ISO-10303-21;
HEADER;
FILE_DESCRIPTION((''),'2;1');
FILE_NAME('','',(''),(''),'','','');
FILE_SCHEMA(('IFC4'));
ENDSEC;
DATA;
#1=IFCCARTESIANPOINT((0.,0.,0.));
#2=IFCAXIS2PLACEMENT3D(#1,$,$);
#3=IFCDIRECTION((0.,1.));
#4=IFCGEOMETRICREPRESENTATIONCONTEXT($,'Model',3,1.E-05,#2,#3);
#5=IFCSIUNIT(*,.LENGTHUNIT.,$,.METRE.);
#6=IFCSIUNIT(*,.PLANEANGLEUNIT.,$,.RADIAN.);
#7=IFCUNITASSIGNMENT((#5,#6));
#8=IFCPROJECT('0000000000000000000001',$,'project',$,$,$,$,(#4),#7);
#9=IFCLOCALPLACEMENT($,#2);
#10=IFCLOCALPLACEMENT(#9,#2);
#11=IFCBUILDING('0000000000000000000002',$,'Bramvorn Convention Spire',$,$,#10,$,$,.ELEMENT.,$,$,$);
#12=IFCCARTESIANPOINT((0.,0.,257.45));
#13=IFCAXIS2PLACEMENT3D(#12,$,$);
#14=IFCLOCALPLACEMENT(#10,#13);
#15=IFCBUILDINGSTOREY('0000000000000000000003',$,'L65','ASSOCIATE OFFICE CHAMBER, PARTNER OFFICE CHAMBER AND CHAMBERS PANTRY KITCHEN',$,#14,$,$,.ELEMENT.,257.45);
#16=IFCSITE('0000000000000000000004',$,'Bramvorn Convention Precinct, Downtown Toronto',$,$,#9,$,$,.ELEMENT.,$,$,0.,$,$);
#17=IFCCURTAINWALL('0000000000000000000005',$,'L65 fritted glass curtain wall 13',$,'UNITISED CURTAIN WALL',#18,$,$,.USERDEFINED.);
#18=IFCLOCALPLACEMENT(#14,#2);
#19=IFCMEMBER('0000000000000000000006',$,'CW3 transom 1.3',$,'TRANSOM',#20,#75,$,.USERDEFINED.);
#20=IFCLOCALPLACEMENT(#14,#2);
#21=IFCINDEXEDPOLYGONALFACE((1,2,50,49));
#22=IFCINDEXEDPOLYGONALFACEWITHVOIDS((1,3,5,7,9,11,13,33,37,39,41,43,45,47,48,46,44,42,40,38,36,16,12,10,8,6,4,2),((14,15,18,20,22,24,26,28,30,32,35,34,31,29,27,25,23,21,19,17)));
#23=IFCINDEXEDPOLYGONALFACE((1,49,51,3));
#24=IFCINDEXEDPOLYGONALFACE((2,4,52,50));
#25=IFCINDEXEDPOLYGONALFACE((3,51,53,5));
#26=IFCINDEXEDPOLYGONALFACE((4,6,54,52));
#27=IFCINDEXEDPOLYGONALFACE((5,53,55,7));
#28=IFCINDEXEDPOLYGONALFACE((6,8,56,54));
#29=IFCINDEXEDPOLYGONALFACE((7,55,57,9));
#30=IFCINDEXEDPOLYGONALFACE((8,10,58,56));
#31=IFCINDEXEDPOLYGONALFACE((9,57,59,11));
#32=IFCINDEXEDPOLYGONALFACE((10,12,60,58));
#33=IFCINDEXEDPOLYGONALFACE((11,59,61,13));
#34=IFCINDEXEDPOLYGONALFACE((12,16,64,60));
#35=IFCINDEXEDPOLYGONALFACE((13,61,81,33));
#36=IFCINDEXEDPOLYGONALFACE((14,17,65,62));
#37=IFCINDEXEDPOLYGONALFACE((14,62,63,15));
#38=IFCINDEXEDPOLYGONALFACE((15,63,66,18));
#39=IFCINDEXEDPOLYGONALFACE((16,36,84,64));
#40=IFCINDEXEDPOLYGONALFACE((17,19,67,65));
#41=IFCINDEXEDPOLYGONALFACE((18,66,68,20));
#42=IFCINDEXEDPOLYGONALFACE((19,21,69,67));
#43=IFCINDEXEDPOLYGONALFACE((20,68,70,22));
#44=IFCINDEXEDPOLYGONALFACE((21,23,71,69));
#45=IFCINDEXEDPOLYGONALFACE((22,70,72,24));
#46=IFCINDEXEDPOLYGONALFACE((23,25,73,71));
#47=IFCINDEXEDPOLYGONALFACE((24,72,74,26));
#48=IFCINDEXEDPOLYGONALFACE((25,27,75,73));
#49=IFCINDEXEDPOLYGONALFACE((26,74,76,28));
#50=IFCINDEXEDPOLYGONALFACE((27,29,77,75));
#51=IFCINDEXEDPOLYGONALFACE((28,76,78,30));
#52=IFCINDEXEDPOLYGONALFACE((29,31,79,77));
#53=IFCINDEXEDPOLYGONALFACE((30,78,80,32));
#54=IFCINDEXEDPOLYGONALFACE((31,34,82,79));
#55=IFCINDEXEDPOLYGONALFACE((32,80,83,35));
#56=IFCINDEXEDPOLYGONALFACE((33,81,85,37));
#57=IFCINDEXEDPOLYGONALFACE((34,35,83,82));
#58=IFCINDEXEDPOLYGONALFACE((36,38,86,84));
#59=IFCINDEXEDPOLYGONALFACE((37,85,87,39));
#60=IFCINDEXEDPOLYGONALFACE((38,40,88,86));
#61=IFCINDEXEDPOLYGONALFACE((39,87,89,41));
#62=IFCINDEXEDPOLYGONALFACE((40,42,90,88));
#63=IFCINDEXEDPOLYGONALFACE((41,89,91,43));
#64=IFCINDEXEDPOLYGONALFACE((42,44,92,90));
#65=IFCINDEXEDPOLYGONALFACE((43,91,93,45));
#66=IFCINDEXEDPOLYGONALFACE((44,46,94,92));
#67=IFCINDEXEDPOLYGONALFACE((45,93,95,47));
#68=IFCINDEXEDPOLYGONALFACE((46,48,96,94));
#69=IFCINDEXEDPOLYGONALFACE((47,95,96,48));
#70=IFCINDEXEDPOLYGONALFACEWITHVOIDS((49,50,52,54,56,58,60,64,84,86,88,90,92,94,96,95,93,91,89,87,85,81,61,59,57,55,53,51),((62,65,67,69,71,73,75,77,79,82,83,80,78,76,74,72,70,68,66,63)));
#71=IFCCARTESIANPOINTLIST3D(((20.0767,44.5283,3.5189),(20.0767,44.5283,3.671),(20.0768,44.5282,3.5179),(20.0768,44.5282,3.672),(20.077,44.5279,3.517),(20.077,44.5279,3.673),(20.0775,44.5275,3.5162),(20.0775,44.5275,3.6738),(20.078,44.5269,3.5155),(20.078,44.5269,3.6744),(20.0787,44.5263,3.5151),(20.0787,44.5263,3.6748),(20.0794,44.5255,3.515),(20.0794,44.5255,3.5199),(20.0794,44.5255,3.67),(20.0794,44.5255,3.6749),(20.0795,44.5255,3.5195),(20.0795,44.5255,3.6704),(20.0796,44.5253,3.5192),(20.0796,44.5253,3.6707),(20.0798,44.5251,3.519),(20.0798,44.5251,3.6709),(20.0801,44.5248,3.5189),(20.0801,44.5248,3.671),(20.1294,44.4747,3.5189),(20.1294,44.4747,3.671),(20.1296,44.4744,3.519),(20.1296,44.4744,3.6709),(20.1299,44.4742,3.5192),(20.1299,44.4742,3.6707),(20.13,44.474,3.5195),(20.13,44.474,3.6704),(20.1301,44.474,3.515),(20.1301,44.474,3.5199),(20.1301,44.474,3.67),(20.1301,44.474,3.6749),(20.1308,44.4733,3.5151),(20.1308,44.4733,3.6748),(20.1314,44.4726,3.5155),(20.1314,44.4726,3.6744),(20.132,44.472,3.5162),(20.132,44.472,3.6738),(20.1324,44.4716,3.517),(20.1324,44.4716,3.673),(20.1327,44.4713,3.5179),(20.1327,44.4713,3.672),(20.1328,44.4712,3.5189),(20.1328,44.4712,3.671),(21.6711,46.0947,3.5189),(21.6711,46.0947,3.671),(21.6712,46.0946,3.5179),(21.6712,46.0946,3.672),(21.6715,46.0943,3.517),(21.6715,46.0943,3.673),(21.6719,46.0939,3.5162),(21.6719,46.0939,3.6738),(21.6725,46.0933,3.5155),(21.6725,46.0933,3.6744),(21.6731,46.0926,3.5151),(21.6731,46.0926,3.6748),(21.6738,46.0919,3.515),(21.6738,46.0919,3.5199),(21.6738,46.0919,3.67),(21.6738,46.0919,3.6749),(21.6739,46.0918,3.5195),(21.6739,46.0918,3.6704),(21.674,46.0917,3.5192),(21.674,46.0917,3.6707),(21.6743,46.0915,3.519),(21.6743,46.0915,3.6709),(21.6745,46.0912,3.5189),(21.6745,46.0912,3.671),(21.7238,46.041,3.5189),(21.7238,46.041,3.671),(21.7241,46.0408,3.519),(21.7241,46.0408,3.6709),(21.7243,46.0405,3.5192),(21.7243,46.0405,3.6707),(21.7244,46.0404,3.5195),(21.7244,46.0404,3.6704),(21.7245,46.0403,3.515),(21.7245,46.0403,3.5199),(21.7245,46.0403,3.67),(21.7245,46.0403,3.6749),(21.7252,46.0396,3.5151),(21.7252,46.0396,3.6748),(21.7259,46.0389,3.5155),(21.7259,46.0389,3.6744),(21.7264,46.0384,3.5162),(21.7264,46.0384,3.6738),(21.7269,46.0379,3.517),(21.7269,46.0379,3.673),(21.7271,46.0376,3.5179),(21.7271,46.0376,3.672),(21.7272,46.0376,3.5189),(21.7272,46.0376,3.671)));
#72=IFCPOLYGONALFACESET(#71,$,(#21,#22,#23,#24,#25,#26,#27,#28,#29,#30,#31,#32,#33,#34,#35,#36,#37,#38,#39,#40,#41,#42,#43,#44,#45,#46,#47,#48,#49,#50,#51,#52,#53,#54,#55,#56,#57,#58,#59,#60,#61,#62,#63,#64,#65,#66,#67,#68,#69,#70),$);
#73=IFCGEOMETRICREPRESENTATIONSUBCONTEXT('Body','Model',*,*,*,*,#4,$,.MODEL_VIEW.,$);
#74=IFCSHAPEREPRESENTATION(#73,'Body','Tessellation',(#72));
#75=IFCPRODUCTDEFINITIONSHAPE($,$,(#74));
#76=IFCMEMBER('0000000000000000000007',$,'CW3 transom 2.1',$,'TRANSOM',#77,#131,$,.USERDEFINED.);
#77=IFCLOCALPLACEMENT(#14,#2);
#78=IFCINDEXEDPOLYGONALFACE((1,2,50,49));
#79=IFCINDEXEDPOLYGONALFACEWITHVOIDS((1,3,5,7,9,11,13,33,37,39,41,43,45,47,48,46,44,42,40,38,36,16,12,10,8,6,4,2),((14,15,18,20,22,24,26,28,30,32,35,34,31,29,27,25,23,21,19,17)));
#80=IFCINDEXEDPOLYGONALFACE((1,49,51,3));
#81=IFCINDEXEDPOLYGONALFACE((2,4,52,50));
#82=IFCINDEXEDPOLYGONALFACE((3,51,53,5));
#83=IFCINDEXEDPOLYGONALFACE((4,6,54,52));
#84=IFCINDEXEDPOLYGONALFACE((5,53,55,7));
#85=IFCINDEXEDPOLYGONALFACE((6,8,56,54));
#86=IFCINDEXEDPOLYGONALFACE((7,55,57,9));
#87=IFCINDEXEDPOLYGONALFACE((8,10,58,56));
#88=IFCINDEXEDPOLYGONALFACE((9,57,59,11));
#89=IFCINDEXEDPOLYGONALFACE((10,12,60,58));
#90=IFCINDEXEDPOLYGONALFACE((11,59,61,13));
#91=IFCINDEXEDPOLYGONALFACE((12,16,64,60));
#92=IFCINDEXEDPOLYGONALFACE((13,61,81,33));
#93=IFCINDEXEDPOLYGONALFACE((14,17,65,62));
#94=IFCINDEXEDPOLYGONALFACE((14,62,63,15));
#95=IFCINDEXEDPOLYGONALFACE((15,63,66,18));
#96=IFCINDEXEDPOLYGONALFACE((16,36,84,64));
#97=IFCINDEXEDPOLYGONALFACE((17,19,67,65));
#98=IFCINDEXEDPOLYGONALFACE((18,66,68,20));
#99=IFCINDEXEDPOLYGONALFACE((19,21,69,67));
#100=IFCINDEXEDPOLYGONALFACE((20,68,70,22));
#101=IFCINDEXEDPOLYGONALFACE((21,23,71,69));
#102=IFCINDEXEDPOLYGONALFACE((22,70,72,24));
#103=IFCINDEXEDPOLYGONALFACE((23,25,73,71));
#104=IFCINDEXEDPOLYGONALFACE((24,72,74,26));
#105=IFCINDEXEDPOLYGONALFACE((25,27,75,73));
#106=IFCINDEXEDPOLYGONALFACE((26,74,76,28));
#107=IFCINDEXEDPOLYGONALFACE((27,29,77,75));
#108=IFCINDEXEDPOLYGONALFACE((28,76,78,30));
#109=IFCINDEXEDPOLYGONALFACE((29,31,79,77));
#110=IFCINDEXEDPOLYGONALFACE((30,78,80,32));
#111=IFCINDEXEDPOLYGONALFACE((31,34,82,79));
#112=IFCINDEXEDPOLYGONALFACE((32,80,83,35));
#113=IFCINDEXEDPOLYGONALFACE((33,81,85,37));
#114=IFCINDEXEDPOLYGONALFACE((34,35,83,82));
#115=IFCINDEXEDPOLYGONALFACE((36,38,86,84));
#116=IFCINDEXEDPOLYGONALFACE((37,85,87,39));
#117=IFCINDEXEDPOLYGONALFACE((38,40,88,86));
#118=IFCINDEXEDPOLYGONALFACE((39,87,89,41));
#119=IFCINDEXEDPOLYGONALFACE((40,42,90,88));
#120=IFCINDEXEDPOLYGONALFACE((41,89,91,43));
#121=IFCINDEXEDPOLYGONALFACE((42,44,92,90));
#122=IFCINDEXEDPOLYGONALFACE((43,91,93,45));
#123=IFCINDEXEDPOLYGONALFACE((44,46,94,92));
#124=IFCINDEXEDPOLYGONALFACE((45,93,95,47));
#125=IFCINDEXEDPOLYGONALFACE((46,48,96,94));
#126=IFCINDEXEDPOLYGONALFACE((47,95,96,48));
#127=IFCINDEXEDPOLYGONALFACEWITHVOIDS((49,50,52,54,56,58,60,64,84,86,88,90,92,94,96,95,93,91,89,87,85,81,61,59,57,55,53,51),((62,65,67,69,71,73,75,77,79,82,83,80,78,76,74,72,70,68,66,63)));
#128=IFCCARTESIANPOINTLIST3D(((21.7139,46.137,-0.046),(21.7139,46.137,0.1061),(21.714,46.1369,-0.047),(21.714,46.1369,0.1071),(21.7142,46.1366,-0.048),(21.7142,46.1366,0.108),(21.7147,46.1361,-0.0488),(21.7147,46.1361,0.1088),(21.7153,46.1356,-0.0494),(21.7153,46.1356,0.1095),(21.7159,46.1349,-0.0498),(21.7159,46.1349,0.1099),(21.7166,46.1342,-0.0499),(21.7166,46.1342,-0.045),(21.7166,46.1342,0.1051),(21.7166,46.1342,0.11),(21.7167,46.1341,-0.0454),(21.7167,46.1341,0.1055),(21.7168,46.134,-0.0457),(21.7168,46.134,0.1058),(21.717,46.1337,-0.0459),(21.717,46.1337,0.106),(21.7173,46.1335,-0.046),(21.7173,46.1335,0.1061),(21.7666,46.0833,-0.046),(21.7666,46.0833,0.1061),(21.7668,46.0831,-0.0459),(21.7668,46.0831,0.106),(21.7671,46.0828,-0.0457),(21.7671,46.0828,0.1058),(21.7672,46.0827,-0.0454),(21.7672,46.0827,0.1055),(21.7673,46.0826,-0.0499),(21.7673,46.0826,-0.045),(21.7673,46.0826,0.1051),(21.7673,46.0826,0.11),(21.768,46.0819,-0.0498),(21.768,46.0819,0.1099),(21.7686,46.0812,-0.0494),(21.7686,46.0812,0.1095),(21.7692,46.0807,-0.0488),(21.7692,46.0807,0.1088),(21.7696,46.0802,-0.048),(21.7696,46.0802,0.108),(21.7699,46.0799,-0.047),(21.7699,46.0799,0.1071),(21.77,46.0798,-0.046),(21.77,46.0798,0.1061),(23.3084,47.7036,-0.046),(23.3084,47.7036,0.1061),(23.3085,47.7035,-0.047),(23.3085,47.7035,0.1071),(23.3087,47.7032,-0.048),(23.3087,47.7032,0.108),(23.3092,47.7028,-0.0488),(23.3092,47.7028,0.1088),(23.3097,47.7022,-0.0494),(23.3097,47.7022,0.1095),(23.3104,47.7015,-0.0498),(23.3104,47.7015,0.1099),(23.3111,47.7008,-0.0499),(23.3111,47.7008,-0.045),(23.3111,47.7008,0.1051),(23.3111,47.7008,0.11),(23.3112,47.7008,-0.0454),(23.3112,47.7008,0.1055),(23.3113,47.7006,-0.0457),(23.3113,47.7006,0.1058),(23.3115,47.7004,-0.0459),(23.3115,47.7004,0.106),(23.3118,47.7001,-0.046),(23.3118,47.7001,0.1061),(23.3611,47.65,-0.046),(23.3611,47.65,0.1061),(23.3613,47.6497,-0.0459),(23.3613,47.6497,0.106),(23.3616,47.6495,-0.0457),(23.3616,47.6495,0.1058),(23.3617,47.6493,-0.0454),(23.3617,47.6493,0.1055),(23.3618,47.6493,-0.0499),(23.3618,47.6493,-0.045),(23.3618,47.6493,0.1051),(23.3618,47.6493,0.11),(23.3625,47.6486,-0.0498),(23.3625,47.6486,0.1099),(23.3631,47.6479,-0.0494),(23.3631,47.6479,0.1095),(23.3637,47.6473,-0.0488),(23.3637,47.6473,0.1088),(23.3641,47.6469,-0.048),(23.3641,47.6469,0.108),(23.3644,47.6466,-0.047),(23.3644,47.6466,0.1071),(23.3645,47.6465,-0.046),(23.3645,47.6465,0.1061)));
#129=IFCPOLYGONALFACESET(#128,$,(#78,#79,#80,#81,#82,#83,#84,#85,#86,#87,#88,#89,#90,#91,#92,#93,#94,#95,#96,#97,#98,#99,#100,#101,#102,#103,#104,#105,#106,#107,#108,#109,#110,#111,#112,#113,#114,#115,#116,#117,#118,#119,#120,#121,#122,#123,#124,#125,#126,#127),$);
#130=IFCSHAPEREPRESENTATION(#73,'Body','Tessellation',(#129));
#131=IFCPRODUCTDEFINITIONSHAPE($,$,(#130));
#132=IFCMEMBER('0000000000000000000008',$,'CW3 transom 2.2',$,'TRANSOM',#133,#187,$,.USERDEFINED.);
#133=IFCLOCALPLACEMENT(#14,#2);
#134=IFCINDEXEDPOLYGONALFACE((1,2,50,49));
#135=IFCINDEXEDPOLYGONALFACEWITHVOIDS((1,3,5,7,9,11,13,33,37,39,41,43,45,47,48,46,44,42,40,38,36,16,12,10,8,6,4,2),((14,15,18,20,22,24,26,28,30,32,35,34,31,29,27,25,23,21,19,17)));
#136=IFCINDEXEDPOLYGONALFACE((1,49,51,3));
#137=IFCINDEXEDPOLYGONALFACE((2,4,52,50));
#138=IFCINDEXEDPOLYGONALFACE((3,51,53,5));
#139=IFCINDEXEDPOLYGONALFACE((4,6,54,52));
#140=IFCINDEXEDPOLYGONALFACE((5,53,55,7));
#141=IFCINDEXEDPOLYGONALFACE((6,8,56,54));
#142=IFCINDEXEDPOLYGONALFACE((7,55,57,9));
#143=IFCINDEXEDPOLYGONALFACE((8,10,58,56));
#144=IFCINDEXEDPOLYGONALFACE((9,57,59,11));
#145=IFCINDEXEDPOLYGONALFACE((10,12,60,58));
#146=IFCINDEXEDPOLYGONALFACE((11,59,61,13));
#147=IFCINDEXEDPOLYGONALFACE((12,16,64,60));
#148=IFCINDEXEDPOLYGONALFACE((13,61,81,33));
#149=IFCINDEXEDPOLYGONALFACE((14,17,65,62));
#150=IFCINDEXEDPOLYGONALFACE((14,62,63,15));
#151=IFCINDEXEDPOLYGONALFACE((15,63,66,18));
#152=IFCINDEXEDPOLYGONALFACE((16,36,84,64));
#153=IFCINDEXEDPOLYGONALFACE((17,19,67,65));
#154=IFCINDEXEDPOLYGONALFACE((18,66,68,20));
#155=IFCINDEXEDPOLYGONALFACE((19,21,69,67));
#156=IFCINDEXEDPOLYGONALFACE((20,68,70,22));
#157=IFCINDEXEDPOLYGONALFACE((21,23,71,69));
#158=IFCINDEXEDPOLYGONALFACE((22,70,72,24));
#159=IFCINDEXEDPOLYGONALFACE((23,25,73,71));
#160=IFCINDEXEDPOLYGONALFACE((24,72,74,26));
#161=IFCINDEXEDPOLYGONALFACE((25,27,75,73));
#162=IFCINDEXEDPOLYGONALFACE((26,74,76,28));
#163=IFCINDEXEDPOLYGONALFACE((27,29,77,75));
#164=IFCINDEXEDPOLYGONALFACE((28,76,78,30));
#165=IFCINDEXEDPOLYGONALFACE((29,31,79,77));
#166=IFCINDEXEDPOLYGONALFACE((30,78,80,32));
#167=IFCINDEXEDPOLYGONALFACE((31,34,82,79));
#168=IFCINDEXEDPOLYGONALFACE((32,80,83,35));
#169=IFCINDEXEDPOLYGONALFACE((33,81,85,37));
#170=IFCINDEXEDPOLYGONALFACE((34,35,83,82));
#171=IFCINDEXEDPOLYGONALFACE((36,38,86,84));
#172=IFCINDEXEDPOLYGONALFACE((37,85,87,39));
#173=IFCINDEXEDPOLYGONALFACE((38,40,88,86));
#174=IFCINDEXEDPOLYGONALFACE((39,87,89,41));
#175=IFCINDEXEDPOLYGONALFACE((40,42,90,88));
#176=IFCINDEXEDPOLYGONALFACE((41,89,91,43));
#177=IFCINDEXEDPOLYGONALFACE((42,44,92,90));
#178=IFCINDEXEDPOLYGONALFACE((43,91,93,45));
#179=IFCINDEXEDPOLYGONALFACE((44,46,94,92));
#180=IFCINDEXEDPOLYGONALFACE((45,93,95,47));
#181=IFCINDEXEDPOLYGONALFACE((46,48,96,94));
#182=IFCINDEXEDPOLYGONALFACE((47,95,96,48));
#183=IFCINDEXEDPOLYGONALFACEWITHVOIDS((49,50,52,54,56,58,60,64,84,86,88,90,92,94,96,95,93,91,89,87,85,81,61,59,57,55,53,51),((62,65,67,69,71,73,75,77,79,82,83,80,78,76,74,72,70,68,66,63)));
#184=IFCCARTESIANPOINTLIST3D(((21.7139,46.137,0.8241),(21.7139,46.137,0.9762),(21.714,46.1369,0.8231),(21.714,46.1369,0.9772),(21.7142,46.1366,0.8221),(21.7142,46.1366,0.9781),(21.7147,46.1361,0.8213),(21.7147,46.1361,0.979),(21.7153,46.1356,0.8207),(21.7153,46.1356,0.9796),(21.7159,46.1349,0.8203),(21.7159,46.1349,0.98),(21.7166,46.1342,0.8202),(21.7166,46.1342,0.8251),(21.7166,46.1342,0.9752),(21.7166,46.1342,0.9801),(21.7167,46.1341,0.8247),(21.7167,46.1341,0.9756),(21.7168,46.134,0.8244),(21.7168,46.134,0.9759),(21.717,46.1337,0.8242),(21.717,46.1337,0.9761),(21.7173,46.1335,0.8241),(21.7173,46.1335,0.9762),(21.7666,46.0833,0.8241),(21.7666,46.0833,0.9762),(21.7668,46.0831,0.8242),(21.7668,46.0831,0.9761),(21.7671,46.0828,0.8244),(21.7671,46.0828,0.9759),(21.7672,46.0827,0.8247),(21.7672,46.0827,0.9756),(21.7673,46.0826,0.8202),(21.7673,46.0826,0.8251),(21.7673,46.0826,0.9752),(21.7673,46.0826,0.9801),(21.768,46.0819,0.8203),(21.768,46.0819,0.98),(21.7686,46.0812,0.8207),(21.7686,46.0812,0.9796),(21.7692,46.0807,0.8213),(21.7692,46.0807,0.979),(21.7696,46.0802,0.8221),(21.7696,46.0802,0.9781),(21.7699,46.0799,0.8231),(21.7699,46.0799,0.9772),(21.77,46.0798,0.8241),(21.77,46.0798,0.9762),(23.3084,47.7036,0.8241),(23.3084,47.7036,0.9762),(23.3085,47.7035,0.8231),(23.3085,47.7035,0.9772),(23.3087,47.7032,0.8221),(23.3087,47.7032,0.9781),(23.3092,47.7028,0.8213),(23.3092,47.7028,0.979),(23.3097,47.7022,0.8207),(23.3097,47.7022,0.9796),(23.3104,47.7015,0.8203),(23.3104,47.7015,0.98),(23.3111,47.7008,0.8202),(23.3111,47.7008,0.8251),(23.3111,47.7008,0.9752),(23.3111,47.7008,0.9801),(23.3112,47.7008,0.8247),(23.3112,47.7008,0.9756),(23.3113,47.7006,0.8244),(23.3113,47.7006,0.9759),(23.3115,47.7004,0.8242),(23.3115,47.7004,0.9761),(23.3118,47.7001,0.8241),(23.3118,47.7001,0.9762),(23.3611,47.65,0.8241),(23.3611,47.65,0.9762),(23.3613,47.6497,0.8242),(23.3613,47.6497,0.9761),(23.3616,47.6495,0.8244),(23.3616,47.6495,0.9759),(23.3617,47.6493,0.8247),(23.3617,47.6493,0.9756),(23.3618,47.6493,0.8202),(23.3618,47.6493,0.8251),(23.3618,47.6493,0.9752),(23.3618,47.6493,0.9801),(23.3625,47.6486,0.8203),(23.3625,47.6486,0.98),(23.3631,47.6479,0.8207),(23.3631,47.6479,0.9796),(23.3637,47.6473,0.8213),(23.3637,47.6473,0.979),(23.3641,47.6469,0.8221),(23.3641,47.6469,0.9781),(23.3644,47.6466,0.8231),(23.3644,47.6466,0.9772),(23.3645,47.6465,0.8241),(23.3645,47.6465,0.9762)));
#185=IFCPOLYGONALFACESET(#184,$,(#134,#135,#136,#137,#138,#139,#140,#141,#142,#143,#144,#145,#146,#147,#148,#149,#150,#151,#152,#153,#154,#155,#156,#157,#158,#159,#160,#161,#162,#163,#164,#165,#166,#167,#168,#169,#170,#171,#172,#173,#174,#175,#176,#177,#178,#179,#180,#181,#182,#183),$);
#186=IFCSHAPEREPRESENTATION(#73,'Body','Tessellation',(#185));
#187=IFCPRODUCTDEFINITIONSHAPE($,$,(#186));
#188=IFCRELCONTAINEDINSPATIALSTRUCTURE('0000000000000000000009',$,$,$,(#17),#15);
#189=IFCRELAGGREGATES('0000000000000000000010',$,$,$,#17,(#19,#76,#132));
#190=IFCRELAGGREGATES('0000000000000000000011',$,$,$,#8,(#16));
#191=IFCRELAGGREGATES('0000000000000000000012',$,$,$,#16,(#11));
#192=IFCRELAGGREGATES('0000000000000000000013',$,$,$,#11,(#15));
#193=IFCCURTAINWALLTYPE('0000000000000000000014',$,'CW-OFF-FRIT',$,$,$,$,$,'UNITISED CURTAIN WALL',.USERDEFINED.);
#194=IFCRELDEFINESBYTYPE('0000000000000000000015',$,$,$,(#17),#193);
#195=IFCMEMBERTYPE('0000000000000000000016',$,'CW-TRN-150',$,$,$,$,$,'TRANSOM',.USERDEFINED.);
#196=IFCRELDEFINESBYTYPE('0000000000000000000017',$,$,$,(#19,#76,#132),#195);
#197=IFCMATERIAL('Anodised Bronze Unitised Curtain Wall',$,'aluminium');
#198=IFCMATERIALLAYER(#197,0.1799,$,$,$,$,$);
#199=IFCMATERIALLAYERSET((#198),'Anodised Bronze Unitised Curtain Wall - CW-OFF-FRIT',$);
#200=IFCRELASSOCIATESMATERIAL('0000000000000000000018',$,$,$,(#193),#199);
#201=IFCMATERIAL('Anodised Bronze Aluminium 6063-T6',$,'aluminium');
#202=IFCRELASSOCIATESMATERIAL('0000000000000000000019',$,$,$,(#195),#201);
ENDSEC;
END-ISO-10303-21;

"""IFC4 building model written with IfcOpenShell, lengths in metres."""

from ifc_helpers import new_model, si_unit, direction, frame, origin, origin_2d, place, context, subcontext, project, spatial, hollow_rectangle, extrude, material, layer, layer_set, material_profile, profile_set, type_object, element, aggregate, save


model = new_model("IFC4")

# Units and contexts
model_context = context("Model", 3, precision=1e-05, world=origin(), true_north=direction((0.0, 1.0)))
body_context = subcontext(model_context, "Body", "Model", "MODEL_VIEW")
ifc_project = project(units=[si_unit("LENGTHUNIT", "METRE"), si_unit("PLANEANGLEUNIT", "RADIAN")], contexts=[model_context])

# Site, building, storey
site_placement = place(None, origin())
site = spatial("IfcSite", under=ifc_project, at=site_placement, Name="Bramvorn Convention Precinct, Downtown Toronto", CompositionType="ELEMENT", RefElevation=0.0)
building_placement = place(site_placement, origin())
building = spatial("IfcBuilding", under=site, at=building_placement, Name="Bramvorn Convention Spire", CompositionType="ELEMENT")
storey_placement = place(building_placement, frame((0.0, 0.0, 257.45)))
storey = spatial("IfcBuildingStorey", under=building, at=storey_placement, Name="L65", Description="ASSOCIATE OFFICE CHAMBER, PARTNER OFFICE CHAMBER AND CHAMBERS PANTRY KITCHEN", CompositionType="ELEMENT", Elevation=257.45)

# Curtain wall
ifc_material_1 = material(Name="Anodised Bronze Unitised Curtain Wall", Category="aluminium")
ifc_layer_1 = layer(ifc_material_1, 0.1799)
ifc_layer_set_1 = layer_set([ifc_layer_1], Name="Anodised Bronze Unitised Curtain Wall - CW-OFF-FRIT")
curtain_wall_type = type_object("IfcCurtainWallType", Name="CW-OFF-FRIT", ElementType="UNITISED CURTAIN WALL", PredefinedType="USERDEFINED", material=ifc_layer_set_1)
ifc_material_2 = material(Name="Anodised Bronze Aluminium 6063-T6", Category="aluminium")
curtain_wall_1_placement = place(storey_placement, origin())
curtain_wall_1 = element("IfcCurtainWall", 1, at=curtain_wall_1_placement, inside=storey, type_object=curtain_wall_type, Name="L65 fritted glass curtain wall 13", ObjectType="UNITISED CURTAIN WALL", PredefinedType="USERDEFINED")

# Members
ifc_material_profile_1 = material_profile(ifc_material_2, hollow_rectangle(XDim=0.0801, YDim=0.1599, WallThickness=0.0039, InnerFilletRadius=0.001, OuterFilletRadius=0.0039, at=origin_2d()))
ifc_profile_set_1 = profile_set([ifc_material_profile_1], Name="Anodised Bronze Aluminium 6063-T6 - CWT80X160")
member_type_1 = type_object("IfcMemberType", Name="CW-TRN-150", ElementType="TRANSOM", PredefinedType="USERDEFINED", material=ifc_profile_set_1)
member_1_placement = place(storey_placement, frame((20.1047, 44.4998, 3.595), z_axis=(0.713359, 0.700798, 0.0), x_axis=(-0.700798, 0.713359, 0.0)))
member_1 = element("IfcMember", 2, at=member_1_placement, type_object=member_type_1, Name="CW3 transom 1.3", ObjectType="TRANSOM", PredefinedType="USERDEFINED", context=body_context, shape_type="SweptSolid", body=[
    extrude(hollow_rectangle(XDim=0.0801, YDim=0.1599, WallThickness=0.0039, InnerFilletRadius=0.001, OuterFilletRadius=0.0039, at=origin_2d()), origin(), (0.0, 0.0, 1.0), 2.2351),
])
member_2_placement = place(storey_placement, frame((21.7419, 46.1084, 0.03), z_axis=(0.713305, 0.700854, 0.0), x_axis=(-0.700854, 0.713305, 0.0)))
member_2 = element("IfcMember", 3, at=member_2_placement, type_object=member_type_1, Name="CW3 transom 2.1", ObjectType="TRANSOM", PredefinedType="USERDEFINED", context=body_context, shape_type="SweptSolid", body=[
    extrude(hollow_rectangle(XDim=0.0801, YDim=0.1599, WallThickness=0.0039, InnerFilletRadius=0.001, OuterFilletRadius=0.0039, at=origin_2d()), origin(), (0.0, 0.0, 1.0), 2.2354),
])
member_3_placement = place(storey_placement, frame((21.7419, 46.1084, 0.9001), z_axis=(0.713305, 0.700854, 0.0), x_axis=(-0.700854, 0.713305, 0.0)))
member_3 = element("IfcMember", 4, at=member_3_placement, type_object=member_type_1, Name="CW3 transom 2.2", ObjectType="TRANSOM", PredefinedType="USERDEFINED", context=body_context, shape_type="SweptSolid", body=[
    extrude(hollow_rectangle(XDim=0.0801, YDim=0.1599, WallThickness=0.0039, InnerFilletRadius=0.001, OuterFilletRadius=0.0039, at=origin_2d()), origin(), (0.0, 0.0, 1.0), 2.2354),
])

aggregate(curtain_wall_1, [member_1, member_2, member_3])

save(model, "model.ifc")
